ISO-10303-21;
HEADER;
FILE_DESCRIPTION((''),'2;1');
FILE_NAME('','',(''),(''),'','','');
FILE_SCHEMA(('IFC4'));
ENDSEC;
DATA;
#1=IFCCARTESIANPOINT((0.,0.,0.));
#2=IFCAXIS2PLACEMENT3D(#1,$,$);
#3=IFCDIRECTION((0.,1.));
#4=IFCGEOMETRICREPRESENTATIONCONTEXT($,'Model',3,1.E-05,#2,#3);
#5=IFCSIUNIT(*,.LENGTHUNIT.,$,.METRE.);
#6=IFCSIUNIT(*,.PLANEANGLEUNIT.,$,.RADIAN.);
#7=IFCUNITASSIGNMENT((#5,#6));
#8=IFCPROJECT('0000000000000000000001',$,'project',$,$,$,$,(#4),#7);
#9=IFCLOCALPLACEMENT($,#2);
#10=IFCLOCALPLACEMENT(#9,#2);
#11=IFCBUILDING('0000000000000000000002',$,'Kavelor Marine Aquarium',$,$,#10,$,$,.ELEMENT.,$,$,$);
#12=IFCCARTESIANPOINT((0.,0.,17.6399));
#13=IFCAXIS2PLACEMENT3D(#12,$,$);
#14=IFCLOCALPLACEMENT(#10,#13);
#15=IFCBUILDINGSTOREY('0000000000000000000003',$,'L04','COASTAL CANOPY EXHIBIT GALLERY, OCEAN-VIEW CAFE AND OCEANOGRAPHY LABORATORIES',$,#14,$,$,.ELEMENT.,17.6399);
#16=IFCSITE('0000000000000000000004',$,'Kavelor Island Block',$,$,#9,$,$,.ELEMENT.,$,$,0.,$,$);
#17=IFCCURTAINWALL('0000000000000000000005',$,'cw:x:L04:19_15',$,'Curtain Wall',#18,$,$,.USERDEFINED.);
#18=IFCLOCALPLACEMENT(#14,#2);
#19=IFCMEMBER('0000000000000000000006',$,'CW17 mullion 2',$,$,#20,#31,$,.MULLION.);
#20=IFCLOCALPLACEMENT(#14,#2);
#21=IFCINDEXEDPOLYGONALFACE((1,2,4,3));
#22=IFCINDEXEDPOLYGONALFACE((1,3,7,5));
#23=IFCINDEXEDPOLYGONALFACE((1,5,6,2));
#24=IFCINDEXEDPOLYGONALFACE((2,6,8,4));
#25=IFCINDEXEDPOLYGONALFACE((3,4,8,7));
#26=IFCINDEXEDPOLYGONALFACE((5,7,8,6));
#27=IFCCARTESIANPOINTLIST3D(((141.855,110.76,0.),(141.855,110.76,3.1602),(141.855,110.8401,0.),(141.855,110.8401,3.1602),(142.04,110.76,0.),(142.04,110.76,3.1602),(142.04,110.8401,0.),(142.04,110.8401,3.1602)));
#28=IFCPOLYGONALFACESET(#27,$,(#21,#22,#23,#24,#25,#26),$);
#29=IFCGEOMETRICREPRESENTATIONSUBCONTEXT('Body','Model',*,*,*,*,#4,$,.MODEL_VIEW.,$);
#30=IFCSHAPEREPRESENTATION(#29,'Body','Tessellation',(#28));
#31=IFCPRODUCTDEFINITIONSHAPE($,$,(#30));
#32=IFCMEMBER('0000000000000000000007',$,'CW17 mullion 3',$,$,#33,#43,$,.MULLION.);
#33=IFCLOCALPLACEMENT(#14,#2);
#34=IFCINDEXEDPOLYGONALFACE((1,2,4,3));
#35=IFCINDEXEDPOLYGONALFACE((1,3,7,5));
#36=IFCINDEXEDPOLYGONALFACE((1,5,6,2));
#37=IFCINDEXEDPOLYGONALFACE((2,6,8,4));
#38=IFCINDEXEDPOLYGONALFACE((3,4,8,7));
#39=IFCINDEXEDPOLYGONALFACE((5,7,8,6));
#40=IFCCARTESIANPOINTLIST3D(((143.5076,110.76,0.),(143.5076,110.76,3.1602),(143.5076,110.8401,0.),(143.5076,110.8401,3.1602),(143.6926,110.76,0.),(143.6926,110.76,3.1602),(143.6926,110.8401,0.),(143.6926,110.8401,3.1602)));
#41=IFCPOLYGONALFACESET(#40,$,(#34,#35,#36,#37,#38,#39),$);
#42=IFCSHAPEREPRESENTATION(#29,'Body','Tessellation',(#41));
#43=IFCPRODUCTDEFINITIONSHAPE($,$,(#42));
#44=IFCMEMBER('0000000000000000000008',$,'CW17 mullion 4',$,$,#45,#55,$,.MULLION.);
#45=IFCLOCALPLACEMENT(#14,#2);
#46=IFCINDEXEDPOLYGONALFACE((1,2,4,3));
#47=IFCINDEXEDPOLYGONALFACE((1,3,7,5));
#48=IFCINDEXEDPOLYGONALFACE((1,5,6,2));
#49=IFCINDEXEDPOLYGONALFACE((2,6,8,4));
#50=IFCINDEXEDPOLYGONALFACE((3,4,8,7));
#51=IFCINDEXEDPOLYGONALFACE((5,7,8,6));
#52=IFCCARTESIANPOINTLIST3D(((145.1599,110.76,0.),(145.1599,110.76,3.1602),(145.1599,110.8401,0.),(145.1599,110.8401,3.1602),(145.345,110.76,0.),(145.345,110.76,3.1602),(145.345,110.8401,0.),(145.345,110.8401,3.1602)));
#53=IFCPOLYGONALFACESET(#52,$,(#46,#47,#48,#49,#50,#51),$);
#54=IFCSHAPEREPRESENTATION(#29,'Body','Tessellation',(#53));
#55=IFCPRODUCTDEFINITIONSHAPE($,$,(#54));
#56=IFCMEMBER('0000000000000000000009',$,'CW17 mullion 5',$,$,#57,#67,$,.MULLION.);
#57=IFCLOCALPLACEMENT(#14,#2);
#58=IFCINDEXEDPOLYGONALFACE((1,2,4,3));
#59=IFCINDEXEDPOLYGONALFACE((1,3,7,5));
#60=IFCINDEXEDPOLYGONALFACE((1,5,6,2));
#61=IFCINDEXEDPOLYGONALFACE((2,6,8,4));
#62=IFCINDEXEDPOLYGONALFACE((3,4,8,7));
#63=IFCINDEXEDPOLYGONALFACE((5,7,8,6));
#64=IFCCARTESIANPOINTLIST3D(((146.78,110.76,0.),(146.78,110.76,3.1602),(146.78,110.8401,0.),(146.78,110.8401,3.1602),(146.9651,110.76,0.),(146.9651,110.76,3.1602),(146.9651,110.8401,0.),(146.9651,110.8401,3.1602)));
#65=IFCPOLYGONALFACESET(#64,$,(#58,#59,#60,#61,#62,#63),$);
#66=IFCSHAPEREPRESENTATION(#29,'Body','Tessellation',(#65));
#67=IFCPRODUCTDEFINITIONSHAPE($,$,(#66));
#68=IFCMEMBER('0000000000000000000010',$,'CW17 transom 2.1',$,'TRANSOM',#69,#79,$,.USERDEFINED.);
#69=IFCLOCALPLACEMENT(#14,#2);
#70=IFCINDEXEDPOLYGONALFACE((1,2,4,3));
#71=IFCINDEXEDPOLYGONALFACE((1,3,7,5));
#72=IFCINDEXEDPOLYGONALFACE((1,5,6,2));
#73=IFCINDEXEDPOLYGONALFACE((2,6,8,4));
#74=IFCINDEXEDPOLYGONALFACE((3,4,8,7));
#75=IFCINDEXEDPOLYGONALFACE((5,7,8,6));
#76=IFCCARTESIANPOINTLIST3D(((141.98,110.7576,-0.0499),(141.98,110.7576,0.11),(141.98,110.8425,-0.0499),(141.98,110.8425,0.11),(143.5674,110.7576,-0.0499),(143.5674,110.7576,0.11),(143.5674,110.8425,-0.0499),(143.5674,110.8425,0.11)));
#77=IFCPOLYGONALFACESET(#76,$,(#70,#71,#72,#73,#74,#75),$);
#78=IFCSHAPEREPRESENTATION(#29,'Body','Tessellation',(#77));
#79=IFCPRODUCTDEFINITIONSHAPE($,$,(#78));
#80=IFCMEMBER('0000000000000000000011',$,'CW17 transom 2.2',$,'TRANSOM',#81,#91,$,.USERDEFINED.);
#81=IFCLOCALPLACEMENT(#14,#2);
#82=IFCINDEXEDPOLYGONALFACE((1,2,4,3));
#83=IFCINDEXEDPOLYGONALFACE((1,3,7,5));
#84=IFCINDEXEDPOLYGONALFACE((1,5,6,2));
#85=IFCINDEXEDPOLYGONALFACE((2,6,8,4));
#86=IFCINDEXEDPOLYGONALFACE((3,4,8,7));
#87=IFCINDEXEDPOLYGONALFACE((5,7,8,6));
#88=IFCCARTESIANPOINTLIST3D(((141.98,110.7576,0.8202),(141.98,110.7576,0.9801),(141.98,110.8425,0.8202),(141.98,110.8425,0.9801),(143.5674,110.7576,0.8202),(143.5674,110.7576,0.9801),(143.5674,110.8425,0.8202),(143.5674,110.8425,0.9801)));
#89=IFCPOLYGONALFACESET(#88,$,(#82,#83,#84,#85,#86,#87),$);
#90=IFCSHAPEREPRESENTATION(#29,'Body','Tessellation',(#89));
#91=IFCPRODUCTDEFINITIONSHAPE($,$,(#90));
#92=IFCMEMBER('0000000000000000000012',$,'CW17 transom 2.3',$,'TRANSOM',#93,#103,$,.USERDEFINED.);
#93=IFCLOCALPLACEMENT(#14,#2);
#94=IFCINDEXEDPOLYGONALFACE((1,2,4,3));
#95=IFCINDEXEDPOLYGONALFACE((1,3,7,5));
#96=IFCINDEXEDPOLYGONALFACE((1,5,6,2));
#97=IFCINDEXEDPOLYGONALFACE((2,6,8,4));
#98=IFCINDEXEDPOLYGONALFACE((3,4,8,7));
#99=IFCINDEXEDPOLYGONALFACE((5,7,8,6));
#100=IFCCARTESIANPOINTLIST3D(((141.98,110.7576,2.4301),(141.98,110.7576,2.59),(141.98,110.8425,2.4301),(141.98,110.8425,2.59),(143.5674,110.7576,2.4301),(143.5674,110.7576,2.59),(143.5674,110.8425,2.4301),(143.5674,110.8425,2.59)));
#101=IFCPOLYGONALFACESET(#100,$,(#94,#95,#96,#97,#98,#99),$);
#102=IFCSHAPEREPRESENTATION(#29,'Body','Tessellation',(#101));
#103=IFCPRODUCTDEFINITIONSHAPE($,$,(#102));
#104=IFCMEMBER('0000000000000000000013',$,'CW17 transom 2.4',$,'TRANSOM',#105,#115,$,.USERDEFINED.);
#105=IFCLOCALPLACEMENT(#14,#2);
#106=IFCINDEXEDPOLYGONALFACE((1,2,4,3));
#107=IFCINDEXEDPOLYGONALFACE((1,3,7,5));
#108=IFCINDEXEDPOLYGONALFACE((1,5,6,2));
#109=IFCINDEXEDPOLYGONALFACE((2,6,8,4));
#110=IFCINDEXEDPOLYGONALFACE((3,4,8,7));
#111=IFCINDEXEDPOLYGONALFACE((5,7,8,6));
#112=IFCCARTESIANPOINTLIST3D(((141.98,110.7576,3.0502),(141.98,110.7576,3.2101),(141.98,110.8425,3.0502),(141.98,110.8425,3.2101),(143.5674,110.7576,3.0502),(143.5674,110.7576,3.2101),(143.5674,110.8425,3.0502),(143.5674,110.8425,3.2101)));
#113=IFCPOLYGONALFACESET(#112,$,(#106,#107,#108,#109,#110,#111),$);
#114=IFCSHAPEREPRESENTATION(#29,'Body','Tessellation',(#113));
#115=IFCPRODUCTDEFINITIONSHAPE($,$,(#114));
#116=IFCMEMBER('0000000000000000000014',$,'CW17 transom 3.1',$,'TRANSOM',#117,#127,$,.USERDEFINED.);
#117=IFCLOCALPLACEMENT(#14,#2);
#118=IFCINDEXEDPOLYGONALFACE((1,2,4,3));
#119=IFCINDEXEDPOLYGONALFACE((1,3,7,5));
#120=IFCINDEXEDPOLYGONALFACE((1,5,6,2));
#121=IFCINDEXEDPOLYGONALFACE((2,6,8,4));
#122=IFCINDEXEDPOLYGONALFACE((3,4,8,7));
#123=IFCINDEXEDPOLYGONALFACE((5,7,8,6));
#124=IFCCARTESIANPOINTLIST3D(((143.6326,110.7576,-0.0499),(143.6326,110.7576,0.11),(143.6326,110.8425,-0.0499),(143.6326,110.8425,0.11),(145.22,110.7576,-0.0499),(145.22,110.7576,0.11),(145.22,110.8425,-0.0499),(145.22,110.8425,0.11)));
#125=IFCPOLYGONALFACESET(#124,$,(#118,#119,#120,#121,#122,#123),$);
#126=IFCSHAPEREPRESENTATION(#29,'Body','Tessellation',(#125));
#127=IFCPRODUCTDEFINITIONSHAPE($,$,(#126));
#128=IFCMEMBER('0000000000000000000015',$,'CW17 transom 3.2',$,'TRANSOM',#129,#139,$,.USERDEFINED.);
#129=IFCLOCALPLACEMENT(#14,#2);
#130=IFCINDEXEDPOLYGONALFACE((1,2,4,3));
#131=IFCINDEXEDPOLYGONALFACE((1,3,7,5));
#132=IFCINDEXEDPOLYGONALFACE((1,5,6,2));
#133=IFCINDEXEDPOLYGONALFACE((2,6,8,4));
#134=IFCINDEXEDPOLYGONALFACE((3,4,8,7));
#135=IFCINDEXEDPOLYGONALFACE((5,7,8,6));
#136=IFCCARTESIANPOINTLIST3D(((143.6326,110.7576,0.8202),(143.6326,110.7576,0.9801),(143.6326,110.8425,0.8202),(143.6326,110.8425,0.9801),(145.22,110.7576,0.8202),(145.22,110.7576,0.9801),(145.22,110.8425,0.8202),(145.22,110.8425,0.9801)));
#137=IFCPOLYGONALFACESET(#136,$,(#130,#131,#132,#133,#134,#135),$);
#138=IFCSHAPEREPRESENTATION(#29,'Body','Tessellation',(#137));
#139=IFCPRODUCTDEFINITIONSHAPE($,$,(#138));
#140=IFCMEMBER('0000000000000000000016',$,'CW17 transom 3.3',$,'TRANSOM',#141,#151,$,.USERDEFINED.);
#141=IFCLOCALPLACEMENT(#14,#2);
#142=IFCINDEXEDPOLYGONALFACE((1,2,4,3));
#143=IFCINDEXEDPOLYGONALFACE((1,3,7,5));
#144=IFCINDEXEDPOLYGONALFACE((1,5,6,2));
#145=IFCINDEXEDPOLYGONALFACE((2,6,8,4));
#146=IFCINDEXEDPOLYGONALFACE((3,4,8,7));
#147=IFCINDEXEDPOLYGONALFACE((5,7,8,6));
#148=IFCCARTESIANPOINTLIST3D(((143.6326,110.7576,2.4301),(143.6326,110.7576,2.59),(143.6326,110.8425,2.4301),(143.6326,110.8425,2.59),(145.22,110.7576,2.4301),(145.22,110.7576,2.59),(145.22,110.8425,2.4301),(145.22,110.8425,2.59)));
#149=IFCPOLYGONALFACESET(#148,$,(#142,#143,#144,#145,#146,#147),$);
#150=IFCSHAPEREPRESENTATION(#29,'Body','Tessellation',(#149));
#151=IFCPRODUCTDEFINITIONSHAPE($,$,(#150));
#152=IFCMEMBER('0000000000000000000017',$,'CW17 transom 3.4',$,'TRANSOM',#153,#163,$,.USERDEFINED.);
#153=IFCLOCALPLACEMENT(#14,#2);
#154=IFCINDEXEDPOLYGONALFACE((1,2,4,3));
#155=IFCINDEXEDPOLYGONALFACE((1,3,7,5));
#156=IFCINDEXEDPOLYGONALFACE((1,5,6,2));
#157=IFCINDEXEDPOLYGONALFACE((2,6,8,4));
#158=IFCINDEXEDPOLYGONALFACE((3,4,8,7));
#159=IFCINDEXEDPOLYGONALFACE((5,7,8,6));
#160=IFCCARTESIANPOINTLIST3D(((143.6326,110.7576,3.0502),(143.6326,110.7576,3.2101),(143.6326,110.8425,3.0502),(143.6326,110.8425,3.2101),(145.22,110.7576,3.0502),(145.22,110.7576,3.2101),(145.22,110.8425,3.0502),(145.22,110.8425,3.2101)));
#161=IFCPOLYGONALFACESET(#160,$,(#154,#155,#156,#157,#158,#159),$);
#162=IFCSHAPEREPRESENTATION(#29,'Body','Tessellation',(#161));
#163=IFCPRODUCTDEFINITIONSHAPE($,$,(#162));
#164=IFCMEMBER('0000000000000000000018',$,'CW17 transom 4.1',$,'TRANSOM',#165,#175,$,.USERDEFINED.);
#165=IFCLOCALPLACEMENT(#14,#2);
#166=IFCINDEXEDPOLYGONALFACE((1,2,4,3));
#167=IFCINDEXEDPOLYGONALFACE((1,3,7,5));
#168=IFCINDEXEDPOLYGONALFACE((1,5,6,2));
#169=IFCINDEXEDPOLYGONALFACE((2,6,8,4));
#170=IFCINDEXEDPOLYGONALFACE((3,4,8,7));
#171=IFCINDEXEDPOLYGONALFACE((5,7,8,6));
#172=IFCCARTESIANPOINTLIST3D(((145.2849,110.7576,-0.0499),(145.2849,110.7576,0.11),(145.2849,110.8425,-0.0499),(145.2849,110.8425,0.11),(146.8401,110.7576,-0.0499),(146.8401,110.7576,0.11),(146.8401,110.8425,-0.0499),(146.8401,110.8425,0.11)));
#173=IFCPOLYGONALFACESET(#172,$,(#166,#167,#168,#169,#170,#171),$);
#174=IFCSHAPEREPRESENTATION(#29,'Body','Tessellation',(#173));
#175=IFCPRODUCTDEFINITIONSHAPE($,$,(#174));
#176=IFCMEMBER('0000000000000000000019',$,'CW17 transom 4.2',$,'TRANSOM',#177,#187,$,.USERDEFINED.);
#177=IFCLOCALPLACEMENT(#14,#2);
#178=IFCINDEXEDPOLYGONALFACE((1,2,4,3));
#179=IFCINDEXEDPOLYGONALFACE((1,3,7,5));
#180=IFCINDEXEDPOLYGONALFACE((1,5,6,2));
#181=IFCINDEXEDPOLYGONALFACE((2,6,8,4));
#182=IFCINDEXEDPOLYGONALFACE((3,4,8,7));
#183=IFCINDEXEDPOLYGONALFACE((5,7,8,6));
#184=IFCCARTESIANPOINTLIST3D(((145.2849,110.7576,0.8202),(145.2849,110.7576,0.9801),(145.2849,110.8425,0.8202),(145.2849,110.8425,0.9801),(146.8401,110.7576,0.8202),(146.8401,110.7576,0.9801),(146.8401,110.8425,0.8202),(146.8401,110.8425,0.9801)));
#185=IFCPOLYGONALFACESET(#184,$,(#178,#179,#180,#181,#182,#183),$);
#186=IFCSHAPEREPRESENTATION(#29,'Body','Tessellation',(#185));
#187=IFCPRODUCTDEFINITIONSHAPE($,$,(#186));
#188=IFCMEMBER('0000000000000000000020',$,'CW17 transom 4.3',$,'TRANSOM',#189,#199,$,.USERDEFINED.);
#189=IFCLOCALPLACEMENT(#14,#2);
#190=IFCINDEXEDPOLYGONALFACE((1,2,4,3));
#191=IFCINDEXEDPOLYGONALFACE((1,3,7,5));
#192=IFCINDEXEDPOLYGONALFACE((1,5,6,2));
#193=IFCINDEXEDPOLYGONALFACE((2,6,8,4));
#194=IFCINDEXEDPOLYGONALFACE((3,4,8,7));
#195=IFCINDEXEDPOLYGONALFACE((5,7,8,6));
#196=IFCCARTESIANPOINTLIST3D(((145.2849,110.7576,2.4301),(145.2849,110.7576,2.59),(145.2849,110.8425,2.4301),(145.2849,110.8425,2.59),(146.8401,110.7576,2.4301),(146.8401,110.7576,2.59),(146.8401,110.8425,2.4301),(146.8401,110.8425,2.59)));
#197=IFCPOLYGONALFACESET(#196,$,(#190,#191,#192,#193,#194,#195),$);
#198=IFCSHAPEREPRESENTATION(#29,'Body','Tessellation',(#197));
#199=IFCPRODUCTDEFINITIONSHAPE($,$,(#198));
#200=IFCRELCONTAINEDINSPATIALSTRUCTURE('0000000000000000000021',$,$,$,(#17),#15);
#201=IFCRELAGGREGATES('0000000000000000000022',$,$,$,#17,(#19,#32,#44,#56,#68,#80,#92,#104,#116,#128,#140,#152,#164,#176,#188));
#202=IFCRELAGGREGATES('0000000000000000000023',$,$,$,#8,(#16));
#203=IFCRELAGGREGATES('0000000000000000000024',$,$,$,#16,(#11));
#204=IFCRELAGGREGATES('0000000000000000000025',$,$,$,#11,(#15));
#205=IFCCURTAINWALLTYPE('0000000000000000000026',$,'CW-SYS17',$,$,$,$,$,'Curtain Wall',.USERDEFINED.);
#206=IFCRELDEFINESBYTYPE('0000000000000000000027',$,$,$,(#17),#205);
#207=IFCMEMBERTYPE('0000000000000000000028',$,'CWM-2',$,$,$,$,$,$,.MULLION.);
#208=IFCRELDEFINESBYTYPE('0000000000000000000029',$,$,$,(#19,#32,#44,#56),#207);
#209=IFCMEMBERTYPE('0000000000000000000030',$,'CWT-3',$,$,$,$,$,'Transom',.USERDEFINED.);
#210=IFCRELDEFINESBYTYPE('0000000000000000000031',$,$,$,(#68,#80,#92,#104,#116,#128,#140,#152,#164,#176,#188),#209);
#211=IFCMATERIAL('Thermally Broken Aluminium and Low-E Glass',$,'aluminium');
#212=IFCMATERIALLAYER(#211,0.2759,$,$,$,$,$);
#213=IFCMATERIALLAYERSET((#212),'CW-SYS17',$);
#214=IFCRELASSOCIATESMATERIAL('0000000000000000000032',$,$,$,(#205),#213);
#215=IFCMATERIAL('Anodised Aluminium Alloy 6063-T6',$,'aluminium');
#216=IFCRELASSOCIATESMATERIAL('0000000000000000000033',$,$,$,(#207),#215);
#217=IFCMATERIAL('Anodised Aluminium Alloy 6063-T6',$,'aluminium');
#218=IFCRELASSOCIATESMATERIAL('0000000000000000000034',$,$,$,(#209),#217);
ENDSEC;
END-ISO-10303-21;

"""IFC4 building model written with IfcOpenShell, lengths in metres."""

from ifc_helpers import new_model, si_unit, direction, frame, origin, origin_2d, place, context, subcontext, project, spatial, rectangle, extrude, material, layer, layer_set, material_profile, profile_set, type_object, element, aggregate, save


model = new_model("IFC4")

# Units and contexts
model_context = context("Model", 3, precision=1e-05, world=origin(), true_north=direction((0.0, 1.0)))
body_context = subcontext(model_context, "Body", "Model", "MODEL_VIEW")
ifc_project = project(units=[si_unit("LENGTHUNIT", "METRE"), si_unit("PLANEANGLEUNIT", "RADIAN")], contexts=[model_context])

# Site, building, storey
site_placement = place(None, origin())
site = spatial("IfcSite", under=ifc_project, at=site_placement, Name="Kavelor Island Block", CompositionType="ELEMENT", RefElevation=0.0)
building_placement = place(site_placement, origin())
building = spatial("IfcBuilding", under=site, at=building_placement, Name="Kavelor Marine Aquarium", CompositionType="ELEMENT")
storey_placement = place(building_placement, frame((0.0, 0.0, 17.6399)))
storey = spatial("IfcBuildingStorey", under=building, at=storey_placement, Name="L04", Description="COASTAL CANOPY EXHIBIT GALLERY, OCEAN-VIEW CAFE AND OCEANOGRAPHY LABORATORIES", CompositionType="ELEMENT", Elevation=17.6399)

# Curtain wall, members
ifc_material_1 = material(Name="Thermally Broken Aluminium and Low-E Glass", Category="aluminium")
ifc_layer_1 = layer(ifc_material_1, 0.2759)
ifc_layer_set_1 = layer_set([ifc_layer_1], Name="CW-SYS17")
curtain_wall_type = type_object("IfcCurtainWallType", Name="CW-SYS17", ElementType="Curtain Wall", PredefinedType="USERDEFINED", material=ifc_layer_set_1)
curtain_wall_placement = place(storey_placement, origin())
curtain_wall = element("IfcCurtainWall", 1, at=curtain_wall_placement, inside=storey, type_object=curtain_wall_type, Name="cw:x:L04:19_15", ObjectType="Curtain Wall", PredefinedType="USERDEFINED")
ifc_material_2 = material(Name="Anodised Aluminium Alloy 6063-T6", Category="aluminium")
ifc_material_profile_1 = material_profile(ifc_material_2, rectangle(XDim=0.0801, YDim=0.1851, at=origin_2d()), Name="CW-MUL 80x185")
ifc_profile_set_1 = profile_set([ifc_material_profile_1], Name="Anodised Aluminium Alloy 6063-T6")
member_type_1 = type_object("IfcMemberType", Name="CWM-2", PredefinedType="MULLION", material=ifc_profile_set_1)
member_1_placement = place(storey_placement, frame((141.9475, 110.8, 0.0), z_axis=(0.0, 0.0, 1.0), x_axis=(0.0, 1.0, 0.0)))
member_1 = element("IfcMember", 2, at=member_1_placement, type_object=member_type_1, Name="CW17 mullion 2", PredefinedType="MULLION", context=body_context, shape_type="SweptSolid", body=[
    extrude(rectangle(XDim=0.0801, YDim=0.1851, at=origin_2d()), origin(), (0.0, 0.0, 1.0), 3.1602),
])
member_2_placement = place(storey_placement, frame((143.6001, 110.8, 0.0), z_axis=(0.0, 0.0, 1.0), x_axis=(0.0, 1.0, 0.0)))
member_2 = element("IfcMember", 3, at=member_2_placement, type_object=member_type_1, Name="CW17 mullion 3", PredefinedType="MULLION", context=body_context, shape_type="SweptSolid", body=[
    extrude(rectangle(XDim=0.0801, YDim=0.1851, at=origin_2d()), origin(), (0.0, 0.0, 1.0), 3.1602),
])
member_3_placement = place(storey_placement, frame((145.2524, 110.8, 0.0), z_axis=(0.0, 0.0, 1.0), x_axis=(0.0, 1.0, 0.0)))
member_3 = element("IfcMember", 4, at=member_3_placement, type_object=member_type_1, Name="CW17 mullion 4", PredefinedType="MULLION", context=body_context, shape_type="SweptSolid", body=[
    extrude(rectangle(XDim=0.0801, YDim=0.1851, at=origin_2d()), origin(), (0.0, 0.0, 1.0), 3.1602),
])
member_4_placement = place(storey_placement, frame((146.8726, 110.8, 0.0), z_axis=(0.0, 0.0, 1.0), x_axis=(0.0, 1.0, 0.0)))
member_4 = element("IfcMember", 5, at=member_4_placement, type_object=member_type_1, Name="CW17 mullion 5", PredefinedType="MULLION", context=body_context, shape_type="SweptSolid", body=[
    extrude(rectangle(XDim=0.0801, YDim=0.1851, at=origin_2d()), origin(), (0.0, 0.0, 1.0), 3.1602),
])
ifc_material_3 = material(Name="Anodised Aluminium Alloy 6063-T6", Category="aluminium")
ifc_material_profile_2 = material_profile(ifc_material_3, rectangle(XDim=0.085, YDim=0.1599, at=origin_2d()), Name="CW-TRN 85x160")
ifc_profile_set_2 = profile_set([ifc_material_profile_2], Name="Anodised Aluminium Alloy 6063-T6")
member_type_2 = type_object("IfcMemberType", Name="CWT-3", ElementType="Transom", PredefinedType="USERDEFINED", material=ifc_profile_set_2)
member_5_placement = place(storey_placement, frame((141.98, 110.8, 0.03), z_axis=(1.0, 0.0, 0.0), x_axis=(0.0, 1.0, 0.0)))
member_5 = element("IfcMember", 6, at=member_5_placement, type_object=member_type_2, Name="CW17 transom 2.1", ObjectType="TRANSOM", PredefinedType="USERDEFINED", context=body_context, shape_type="SweptSolid", body=[
    extrude(rectangle(XDim=0.085, YDim=0.1599, at=origin_2d()), origin(), (0.0, 0.0, 1.0), 1.5874),
])
member_6_placement = place(storey_placement, frame((141.98, 110.8, 0.9001), z_axis=(1.0, 0.0, 0.0), x_axis=(0.0, 1.0, 0.0)))
member_6 = element("IfcMember", 7, at=member_6_placement, type_object=member_type_2, Name="CW17 transom 2.2", ObjectType="TRANSOM", PredefinedType="USERDEFINED", context=body_context, shape_type="SweptSolid", body=[
    extrude(rectangle(XDim=0.085, YDim=0.1599, at=origin_2d()), origin(), (0.0, 0.0, 1.0), 1.5874),
])
member_7_placement = place(storey_placement, frame((141.98, 110.8, 2.51), z_axis=(1.0, 0.0, 0.0), x_axis=(0.0, 1.0, 0.0)))
member_7 = element("IfcMember", 8, at=member_7_placement, type_object=member_type_2, Name="CW17 transom 2.3", ObjectType="TRANSOM", PredefinedType="USERDEFINED", context=body_context, shape_type="SweptSolid", body=[
    extrude(rectangle(XDim=0.085, YDim=0.1599, at=origin_2d()), origin(), (0.0, 0.0, 1.0), 1.5874),
])
member_8_placement = place(storey_placement, frame((141.98, 110.8, 3.1301), z_axis=(1.0, 0.0, 0.0), x_axis=(0.0, 1.0, 0.0)))
member_8 = element("IfcMember", 9, at=member_8_placement, type_object=member_type_2, Name="CW17 transom 2.4", ObjectType="TRANSOM", PredefinedType="USERDEFINED", context=body_context, shape_type="SweptSolid", body=[
    extrude(rectangle(XDim=0.085, YDim=0.1599, at=origin_2d()), origin(), (0.0, 0.0, 1.0), 1.5874),
])
member_9_placement = place(storey_placement, frame((143.6326, 110.8, 0.03), z_axis=(1.0, 0.0, 0.0), x_axis=(0.0, 1.0, 0.0)))
member_9 = element("IfcMember", 10, at=member_9_placement, type_object=member_type_2, Name="CW17 transom 3.1", ObjectType="TRANSOM", PredefinedType="USERDEFINED", context=body_context, shape_type="SweptSolid", body=[
    extrude(rectangle(XDim=0.085, YDim=0.1599, at=origin_2d()), origin(), (0.0, 0.0, 1.0), 1.5874),
])
member_10_placement = place(storey_placement, frame((143.6326, 110.8, 0.9001), z_axis=(1.0, 0.0, 0.0), x_axis=(0.0, 1.0, 0.0)))
member_10 = element("IfcMember", 11, at=member_10_placement, type_object=member_type_2, Name="CW17 transom 3.2", ObjectType="TRANSOM", PredefinedType="USERDEFINED", context=body_context, shape_type="SweptSolid", body=[
    extrude(rectangle(XDim=0.085, YDim=0.1599, at=origin_2d()), origin(), (0.0, 0.0, 1.0), 1.5874),
])
member_11_placement = place(storey_placement, frame((143.6326, 110.8, 2.51), z_axis=(1.0, 0.0, 0.0), x_axis=(0.0, 1.0, 0.0)))
member_11 = element("IfcMember", 12, at=member_11_placement, type_object=member_type_2, Name="CW17 transom 3.3", ObjectType="TRANSOM", PredefinedType="USERDEFINED", context=body_context, shape_type="SweptSolid", body=[
    extrude(rectangle(XDim=0.085, YDim=0.1599, at=origin_2d()), origin(), (0.0, 0.0, 1.0), 1.5874),
])
member_12_placement = place(storey_placement, frame((143.6326, 110.8, 3.1301), z_axis=(1.0, 0.0, 0.0), x_axis=(0.0, 1.0, 0.0)))
member_12 = element("IfcMember", 13, at=member_12_placement, type_object=member_type_2, Name="CW17 transom 3.4", ObjectType="TRANSOM", PredefinedType="USERDEFINED", context=body_context, shape_type="SweptSolid", body=[
    extrude(rectangle(XDim=0.085, YDim=0.1599, at=origin_2d()), origin(), (0.0, 0.0, 1.0), 1.5874),
])
member_13_placement = place(storey_placement, frame((145.2849, 110.8, 0.03), z_axis=(1.0, 0.0, 0.0), x_axis=(0.0, 1.0, 0.0)))
member_13 = element("IfcMember", 14, at=member_13_placement, type_object=member_type_2, Name="CW17 transom 4.1", ObjectType="TRANSOM", PredefinedType="USERDEFINED", context=body_context, shape_type="SweptSolid", body=[
    extrude(rectangle(XDim=0.085, YDim=0.1599, at=origin_2d()), origin(), (0.0, 0.0, 1.0), 1.5552),
])
member_14_placement = place(storey_placement, frame((145.2849, 110.8, 0.9001), z_axis=(1.0, 0.0, 0.0), x_axis=(0.0, 1.0, 0.0)))
member_14 = element("IfcMember", 15, at=member_14_placement, type_object=member_type_2, Name="CW17 transom 4.2", ObjectType="TRANSOM", PredefinedType="USERDEFINED", context=body_context, shape_type="SweptSolid", body=[
    extrude(rectangle(XDim=0.085, YDim=0.1599, at=origin_2d()), origin(), (0.0, 0.0, 1.0), 1.5552),
])
member_15_placement = place(storey_placement, frame((145.2849, 110.8, 2.51), z_axis=(1.0, 0.0, 0.0), x_axis=(0.0, 1.0, 0.0)))
member_15 = element("IfcMember", 16, at=member_15_placement, type_object=member_type_2, Name="CW17 transom 4.3", ObjectType="TRANSOM", PredefinedType="USERDEFINED", context=body_context, shape_type="SweptSolid", body=[
    extrude(rectangle(XDim=0.085, YDim=0.1599, at=origin_2d()), origin(), (0.0, 0.0, 1.0), 1.5552),
])
aggregate(curtain_wall, [member_1, member_2, member_3, member_4, member_5, member_6, member_7, member_8, member_9, member_10, member_11, member_12, member_13, member_14, member_15])

save(model, "model.ifc")
